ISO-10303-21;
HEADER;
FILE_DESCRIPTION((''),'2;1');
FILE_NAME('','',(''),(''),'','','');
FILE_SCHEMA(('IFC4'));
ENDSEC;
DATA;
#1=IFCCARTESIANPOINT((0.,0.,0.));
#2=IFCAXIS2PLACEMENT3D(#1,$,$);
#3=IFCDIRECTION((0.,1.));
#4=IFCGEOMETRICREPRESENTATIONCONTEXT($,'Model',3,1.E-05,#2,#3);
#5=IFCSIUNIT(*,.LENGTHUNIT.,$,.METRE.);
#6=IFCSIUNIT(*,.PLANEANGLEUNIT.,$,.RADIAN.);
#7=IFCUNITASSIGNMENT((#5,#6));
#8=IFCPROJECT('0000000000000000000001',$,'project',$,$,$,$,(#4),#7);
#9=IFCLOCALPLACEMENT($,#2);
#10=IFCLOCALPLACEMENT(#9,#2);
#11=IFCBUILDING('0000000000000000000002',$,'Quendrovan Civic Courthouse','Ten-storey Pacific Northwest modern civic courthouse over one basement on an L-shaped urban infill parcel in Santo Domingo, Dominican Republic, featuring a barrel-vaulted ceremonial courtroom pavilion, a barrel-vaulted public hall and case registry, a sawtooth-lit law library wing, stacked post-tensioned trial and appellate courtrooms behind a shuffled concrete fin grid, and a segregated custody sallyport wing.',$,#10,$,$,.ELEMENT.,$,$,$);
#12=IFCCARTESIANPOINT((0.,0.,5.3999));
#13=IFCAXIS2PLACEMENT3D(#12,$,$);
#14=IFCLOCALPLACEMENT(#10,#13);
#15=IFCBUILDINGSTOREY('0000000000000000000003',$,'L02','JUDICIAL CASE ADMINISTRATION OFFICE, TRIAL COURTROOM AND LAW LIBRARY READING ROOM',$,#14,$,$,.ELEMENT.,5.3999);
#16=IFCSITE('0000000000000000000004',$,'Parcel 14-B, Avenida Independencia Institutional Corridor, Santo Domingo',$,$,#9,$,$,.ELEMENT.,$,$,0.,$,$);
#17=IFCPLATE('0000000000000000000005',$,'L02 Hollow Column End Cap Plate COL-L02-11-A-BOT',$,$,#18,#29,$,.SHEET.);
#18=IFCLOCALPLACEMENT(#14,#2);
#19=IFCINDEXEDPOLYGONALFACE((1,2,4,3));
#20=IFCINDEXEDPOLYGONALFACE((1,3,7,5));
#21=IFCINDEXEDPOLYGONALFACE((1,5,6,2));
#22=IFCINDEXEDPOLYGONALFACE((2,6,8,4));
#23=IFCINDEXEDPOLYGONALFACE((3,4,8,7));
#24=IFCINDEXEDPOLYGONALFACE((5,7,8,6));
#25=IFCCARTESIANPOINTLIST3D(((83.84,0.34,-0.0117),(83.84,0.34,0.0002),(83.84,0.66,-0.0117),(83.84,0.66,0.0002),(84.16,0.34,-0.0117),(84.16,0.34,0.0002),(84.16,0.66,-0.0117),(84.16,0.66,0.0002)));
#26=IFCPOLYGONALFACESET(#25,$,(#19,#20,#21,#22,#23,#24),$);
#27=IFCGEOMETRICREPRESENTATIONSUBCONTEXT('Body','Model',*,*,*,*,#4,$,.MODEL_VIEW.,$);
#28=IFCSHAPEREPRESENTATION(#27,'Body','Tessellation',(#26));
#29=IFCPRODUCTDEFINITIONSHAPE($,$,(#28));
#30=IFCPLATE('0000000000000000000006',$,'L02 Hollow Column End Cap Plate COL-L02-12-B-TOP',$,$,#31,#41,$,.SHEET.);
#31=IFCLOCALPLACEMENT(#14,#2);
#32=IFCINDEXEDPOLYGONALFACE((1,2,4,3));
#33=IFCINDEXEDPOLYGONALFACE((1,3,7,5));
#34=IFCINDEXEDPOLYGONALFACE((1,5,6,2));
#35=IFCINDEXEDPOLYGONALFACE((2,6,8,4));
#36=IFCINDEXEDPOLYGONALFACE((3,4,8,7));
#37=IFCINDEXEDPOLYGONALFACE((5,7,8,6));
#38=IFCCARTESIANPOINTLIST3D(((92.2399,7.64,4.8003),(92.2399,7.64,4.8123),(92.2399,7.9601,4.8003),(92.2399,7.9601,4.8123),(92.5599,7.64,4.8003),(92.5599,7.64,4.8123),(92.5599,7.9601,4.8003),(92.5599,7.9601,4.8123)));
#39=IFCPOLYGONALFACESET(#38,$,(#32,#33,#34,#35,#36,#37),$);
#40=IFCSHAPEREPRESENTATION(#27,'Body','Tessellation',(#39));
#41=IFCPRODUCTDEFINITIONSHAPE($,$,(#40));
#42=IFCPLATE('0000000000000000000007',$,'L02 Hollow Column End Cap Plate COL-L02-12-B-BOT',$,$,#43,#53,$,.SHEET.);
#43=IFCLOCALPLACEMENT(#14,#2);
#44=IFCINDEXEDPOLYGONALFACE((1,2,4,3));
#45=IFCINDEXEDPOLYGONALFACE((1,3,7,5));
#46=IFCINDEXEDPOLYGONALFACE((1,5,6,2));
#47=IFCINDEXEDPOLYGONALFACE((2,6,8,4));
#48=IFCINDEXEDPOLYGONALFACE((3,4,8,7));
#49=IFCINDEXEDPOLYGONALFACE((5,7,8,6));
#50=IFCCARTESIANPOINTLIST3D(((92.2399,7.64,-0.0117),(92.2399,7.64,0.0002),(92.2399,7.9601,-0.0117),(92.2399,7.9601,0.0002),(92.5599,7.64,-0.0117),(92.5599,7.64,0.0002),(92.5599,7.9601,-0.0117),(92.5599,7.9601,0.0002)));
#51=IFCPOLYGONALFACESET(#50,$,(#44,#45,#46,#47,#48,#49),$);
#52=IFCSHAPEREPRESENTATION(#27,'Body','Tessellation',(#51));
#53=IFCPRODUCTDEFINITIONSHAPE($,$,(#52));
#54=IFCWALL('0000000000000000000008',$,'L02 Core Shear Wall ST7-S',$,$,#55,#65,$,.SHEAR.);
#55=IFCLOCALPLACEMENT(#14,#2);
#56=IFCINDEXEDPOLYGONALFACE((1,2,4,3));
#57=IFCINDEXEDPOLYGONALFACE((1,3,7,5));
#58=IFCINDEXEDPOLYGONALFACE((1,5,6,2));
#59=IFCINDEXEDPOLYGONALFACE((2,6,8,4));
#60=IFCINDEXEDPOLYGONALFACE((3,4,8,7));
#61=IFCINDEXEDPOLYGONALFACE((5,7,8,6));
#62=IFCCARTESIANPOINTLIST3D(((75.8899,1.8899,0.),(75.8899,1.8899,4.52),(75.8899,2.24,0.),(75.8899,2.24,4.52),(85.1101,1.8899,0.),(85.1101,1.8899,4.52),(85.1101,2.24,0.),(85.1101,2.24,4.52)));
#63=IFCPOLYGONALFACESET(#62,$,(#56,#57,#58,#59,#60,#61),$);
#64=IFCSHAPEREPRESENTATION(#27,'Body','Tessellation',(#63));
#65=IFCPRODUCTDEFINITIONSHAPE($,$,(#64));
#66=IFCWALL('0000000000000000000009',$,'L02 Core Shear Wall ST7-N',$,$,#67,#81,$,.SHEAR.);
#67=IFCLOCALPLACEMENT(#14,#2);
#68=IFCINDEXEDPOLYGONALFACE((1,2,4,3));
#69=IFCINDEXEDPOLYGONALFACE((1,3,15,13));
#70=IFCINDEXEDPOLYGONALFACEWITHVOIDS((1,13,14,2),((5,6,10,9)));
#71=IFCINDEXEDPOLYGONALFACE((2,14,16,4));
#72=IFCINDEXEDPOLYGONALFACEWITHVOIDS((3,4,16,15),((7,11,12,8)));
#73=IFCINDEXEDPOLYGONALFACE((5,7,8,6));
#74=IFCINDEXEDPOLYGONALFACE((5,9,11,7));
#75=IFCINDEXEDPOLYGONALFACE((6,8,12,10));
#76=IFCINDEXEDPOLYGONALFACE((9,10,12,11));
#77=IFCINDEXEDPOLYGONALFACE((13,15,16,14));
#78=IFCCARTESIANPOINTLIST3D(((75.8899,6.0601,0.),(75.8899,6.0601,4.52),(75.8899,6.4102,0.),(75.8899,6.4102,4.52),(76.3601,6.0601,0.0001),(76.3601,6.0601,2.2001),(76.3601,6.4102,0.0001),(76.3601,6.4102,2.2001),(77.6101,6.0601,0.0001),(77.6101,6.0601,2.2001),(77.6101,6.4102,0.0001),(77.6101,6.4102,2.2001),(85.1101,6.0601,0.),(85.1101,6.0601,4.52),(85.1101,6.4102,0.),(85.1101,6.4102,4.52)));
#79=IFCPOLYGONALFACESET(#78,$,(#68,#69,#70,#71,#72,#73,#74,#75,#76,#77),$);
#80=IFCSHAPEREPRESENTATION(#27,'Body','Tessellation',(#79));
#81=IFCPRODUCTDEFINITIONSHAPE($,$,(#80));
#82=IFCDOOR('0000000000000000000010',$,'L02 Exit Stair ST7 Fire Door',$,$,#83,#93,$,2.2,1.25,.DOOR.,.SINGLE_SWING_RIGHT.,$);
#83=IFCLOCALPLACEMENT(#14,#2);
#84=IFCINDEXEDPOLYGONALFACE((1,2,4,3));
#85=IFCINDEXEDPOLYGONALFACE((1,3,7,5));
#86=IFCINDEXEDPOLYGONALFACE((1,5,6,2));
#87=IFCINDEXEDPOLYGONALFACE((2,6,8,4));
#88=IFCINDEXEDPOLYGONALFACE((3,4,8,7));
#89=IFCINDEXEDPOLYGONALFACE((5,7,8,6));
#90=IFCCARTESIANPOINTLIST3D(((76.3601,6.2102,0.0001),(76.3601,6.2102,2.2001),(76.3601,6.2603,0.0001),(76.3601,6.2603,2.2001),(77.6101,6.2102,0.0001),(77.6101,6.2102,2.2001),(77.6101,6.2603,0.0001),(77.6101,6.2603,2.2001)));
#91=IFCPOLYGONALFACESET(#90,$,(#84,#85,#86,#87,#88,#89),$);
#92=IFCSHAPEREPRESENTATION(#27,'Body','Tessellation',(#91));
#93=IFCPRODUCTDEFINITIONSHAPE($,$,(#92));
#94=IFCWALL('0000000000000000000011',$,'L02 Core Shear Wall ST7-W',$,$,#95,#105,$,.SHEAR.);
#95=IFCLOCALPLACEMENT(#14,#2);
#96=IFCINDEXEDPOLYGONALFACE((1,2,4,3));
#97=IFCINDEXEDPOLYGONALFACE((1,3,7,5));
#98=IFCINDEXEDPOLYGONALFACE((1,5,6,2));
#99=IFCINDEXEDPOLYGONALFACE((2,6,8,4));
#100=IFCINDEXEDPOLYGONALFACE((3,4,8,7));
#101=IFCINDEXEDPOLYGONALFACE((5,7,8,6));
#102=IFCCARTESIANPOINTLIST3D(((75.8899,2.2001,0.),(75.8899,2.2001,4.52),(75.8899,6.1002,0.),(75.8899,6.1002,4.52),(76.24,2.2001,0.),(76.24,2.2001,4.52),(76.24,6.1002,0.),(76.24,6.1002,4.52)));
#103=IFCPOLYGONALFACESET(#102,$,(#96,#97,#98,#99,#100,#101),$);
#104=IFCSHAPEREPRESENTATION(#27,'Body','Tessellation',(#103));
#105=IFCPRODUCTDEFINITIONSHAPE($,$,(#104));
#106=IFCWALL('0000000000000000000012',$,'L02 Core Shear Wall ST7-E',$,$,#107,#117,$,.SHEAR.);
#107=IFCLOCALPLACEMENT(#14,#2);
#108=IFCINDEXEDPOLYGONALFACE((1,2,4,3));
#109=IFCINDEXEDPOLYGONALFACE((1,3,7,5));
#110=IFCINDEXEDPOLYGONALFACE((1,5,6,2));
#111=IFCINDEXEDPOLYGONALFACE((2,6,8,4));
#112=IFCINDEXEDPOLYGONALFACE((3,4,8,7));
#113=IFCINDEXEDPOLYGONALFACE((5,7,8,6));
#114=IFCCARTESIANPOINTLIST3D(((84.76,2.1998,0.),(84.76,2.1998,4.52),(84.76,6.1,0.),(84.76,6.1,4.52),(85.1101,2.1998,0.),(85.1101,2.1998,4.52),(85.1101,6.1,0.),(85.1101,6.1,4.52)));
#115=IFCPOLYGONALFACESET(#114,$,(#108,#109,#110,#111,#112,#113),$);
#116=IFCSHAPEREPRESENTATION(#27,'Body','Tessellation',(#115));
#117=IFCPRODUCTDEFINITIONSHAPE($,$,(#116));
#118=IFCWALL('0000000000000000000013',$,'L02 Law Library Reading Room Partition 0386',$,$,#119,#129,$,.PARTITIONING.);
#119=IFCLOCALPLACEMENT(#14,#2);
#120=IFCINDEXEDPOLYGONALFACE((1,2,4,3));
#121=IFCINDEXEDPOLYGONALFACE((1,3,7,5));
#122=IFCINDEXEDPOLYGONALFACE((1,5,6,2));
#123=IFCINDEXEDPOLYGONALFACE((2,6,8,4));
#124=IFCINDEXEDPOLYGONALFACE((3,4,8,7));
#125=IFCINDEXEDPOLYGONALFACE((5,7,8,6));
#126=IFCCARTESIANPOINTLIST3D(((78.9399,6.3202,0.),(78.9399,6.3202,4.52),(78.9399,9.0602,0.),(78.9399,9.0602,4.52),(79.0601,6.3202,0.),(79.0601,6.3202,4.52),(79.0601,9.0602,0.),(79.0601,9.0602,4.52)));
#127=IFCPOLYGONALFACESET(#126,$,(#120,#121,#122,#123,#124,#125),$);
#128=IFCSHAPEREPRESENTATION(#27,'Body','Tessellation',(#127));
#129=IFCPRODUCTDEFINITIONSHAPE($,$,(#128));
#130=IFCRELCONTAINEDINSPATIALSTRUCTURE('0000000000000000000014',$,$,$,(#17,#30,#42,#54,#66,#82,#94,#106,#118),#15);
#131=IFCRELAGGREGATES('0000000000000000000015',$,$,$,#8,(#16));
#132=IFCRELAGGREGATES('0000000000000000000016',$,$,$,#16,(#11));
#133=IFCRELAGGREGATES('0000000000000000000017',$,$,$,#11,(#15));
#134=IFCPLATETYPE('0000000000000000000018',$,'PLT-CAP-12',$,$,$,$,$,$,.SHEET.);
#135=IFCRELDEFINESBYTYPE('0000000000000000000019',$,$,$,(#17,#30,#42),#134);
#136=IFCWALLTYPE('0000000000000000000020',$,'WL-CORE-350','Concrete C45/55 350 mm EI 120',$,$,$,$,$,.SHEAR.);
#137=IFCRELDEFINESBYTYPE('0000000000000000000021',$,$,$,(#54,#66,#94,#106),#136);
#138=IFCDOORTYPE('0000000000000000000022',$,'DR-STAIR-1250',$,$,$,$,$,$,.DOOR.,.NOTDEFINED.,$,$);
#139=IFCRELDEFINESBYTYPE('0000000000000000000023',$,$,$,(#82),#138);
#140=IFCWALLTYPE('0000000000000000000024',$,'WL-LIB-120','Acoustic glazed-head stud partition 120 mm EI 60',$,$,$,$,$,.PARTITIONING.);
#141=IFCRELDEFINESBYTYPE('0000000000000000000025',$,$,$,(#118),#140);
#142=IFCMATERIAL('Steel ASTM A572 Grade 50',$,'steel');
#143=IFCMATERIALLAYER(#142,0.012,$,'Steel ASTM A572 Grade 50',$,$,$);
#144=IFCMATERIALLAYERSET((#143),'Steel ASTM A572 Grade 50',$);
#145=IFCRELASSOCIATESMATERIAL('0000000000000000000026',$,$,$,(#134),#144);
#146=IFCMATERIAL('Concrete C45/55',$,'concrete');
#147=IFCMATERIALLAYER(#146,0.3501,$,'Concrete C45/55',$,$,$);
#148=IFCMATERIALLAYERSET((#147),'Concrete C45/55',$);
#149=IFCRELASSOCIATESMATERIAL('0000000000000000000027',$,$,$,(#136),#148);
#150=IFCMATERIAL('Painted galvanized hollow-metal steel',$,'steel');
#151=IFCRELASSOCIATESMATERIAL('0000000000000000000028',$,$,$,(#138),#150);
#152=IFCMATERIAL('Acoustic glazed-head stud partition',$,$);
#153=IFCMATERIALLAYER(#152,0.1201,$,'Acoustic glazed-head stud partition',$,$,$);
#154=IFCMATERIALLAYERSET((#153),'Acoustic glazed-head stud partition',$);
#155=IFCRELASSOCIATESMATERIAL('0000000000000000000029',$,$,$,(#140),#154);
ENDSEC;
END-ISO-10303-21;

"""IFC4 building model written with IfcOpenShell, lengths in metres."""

from ifc_helpers import new_model, si_unit, direction, frame, frame_2d, origin, origin_2d, place, context, subcontext, project, spatial, rectangle, extrude, material, layer, layer_set, type_object, element, fill, save


model = new_model("IFC4")

# Units and contexts
model_context = context("Model", 3, precision=1e-05, world=origin(), true_north=direction((0.0, 1.0)))
body_context = subcontext(model_context, "Body", "Model", "MODEL_VIEW")
ifc_project = project(units=[si_unit("LENGTHUNIT", "METRE"), si_unit("PLANEANGLEUNIT", "RADIAN")], contexts=[model_context])

# Site, building, storey
site_placement = place(None, origin())
site = spatial("IfcSite", under=ifc_project, at=site_placement, Name="Parcel 14-B, Avenida Independencia Institutional Corridor, Santo Domingo", CompositionType="ELEMENT", RefElevation=0.0)
building_placement = place(site_placement, origin())
building = spatial("IfcBuilding", under=site, at=building_placement, Name="Quendrovan Civic Courthouse", Description="Ten-storey Pacific Northwest modern civic courthouse over one basement on an L-shaped urban infill parcel in Santo Domingo, Dominican Republic, featuring a barrel-vaulted ceremonial courtroom pavilion, a barrel-vaulted public hall and case registry, a sawtooth-lit law library wing, stacked post-tensioned trial and appellate courtrooms behind a shuffled concrete fin grid, and a segregated custody sallyport wing.", CompositionType="ELEMENT")
storey_placement = place(building_placement, frame((0.0, 0.0, 5.3999)))
storey = spatial("IfcBuildingStorey", under=building, at=storey_placement, Name="L02", Description="JUDICIAL CASE ADMINISTRATION OFFICE, TRIAL COURTROOM AND LAW LIBRARY READING ROOM", CompositionType="ELEMENT", Elevation=5.3999)

# Shared definitions
ifc_material_1 = material(Name="Concrete C45/55", Category="concrete")

# Plates
ifc_material_2 = material(Name="Steel ASTM A572 Grade 50", Category="steel")
ifc_layer_1 = layer(ifc_material_2, 0.012, Name="Steel ASTM A572 Grade 50")
ifc_layer_set_1 = layer_set([ifc_layer_1], Name="Steel ASTM A572 Grade 50")
plate_type = type_object("IfcPlateType", Name="PLT-CAP-12", PredefinedType="SHEET", material=ifc_layer_set_1)
for number, where, z_axis, x_axis, name in (
    (1, (84.0, 0.5, -0.0117), (0.0, 0.0, 1.0), (1.0, 0.0, 0.0), "L02 Hollow Column End Cap Plate COL-L02-11-A-BOT"),
    (2, (92.3999, 7.8, 4.8003), (0.0, 0.0, 1.0), (1.0, 0.0, 0.0), "L02 Hollow Column End Cap Plate COL-L02-12-B-TOP"),
    (3, (92.3999, 7.8, -0.0117), (0.0, 0.0, 1.0), (1.0, 0.0, 0.0), "L02 Hollow Column End Cap Plate COL-L02-12-B-BOT"),
):
    element("IfcPlate", number, at=place(storey_placement, frame(where, z_axis=z_axis, x_axis=x_axis)), inside=storey, type_object=plate_type, Name=name, PredefinedType="SHEET", context=body_context, shape_type="SweptSolid", body=[
        extrude(rectangle(XDim=0.3201, YDim=0.3201, at=origin_2d()), origin(), (0.0, 0.0, 1.0), 0.012),
    ])

# Wall
ifc_layer_2 = layer(ifc_material_1, 0.3501, Name="Concrete C45/55")
ifc_layer_set_2 = layer_set([ifc_layer_2], Name="Concrete C45/55")
wall_type_1 = type_object("IfcWallType", Name="WL-CORE-350", Description="Concrete C45/55 350 mm EI 120", PredefinedType="SHEAR", material=ifc_layer_set_2)
wall_1_placement = place(storey_placement, frame((75.8899, 2.0649, 0.0), z_axis=(0.0, 0.0, 1.0), x_axis=(1.0, 0.0, 0.0)))
element("IfcWall", 4, at=wall_1_placement, inside=storey, type_object=wall_type_1, Name="L02 Core Shear Wall ST7-S", PredefinedType="SHEAR", context=body_context, shape_type="SweptSolid", body=[
    extrude(rectangle(XDim=9.2202, YDim=0.3501, at=frame_2d((4.6101, 0.0))), origin(), (0.0, 0.0, 1.0), 4.52),
])

# Wall, opening, door
wall_2_placement = place(storey_placement, frame((85.1101, 6.2351, 0.0), z_axis=(0.0, 0.0, 1.0), x_axis=(-1.0, 0.0, 0.0)))
wall_2 = element("IfcWall", 5, at=wall_2_placement, inside=storey, type_object=wall_type_1, Name="L02 Core Shear Wall ST7-N", PredefinedType="SHEAR", context=body_context, shape_type="SweptSolid", body=[
    extrude(rectangle(XDim=9.2202, YDim=0.3501, at=frame_2d((4.6101, 0.0))), origin(), (0.0, 0.0, 1.0), 4.52),
])
opening_placement = place(wall_2_placement, frame((7.5, 0.0, 0.0)))
opening = element("IfcOpeningElement", 6, at=opening_placement, cuts=wall_2, PredefinedType="OPENING", context=body_context, shape_type="SweptSolid", body=[
    extrude(rectangle(XDim=1.25, YDim=2.2, at=frame_2d((0.625, 1.1001))), frame((0.0, 0.1851, 0.0), z_axis=(0.0, -1.0, 0.0), x_axis=(1.0, 0.0, 0.0)), (0.0, 0.0, 1.0), 0.3701),
])
ifc_material_3 = material(Name="Painted galvanized hollow-metal steel", Category="steel")
door_type = type_object("IfcDoorType", Name="DR-STAIR-1250", OperationType="NOTDEFINED", PredefinedType="DOOR", material=ifc_material_3)
door_placement = place(opening_placement, origin())
door = element("IfcDoor", 7, at=door_placement, inside=storey, type_object=door_type, Name="L02 Exit Stair ST7 Fire Door", OperationType="SINGLE_SWING_RIGHT", OverallHeight=2.2, OverallWidth=1.25, PredefinedType="DOOR", context=body_context, shape_type="SweptSolid", body=[
    extrude(rectangle(XDim=1.25, YDim=2.2, at=frame_2d((0.625, 1.1001))), frame((0.0, 0.0249, 0.0), z_axis=(0.0, -1.0, 0.0), x_axis=(1.0, 0.0, 0.0)), (0.0, 0.0, 1.0), 0.05),
])
fill(opening, door)

# Walls
for number, where, z_axis, x_axis, name in (
    (8, (76.0649, 2.2, 0.0), (0.0, 0.0, 1.0), (0.0, 1.0, 0.0), "L02 Core Shear Wall ST7-W"),
    (9, (84.9351, 6.1001, 0.0), (0.0, 0.0, 1.0), (0.0, -1.0, 0.0), "L02 Core Shear Wall ST7-E"),
):
    element("IfcWall", number, at=place(storey_placement, frame(where, z_axis=z_axis, x_axis=x_axis)), inside=storey, type_object=wall_type_1, Name=name, PredefinedType="SHEAR", context=body_context, shape_type="SweptSolid", body=[
        extrude(rectangle(XDim=3.9001, YDim=0.3501, at=frame_2d((1.9502, 0.0))), origin(), (0.0, 0.0, 1.0), 4.52),
    ])
ifc_material_4 = material(Name="Acoustic glazed-head stud partition")
ifc_layer_3 = layer(ifc_material_4, 0.1201, Name="Acoustic glazed-head stud partition")
ifc_layer_set_3 = layer_set([ifc_layer_3], Name="Acoustic glazed-head stud partition")
wall_type_2 = type_object("IfcWallType", Name="WL-LIB-120", Description="Acoustic glazed-head stud partition 120 mm EI 60", PredefinedType="PARTITIONING", material=ifc_layer_set_3)
wall_3_placement = place(storey_placement, frame((79.0, 6.3201, 0.0), z_axis=(0.0, 0.0, 1.0), x_axis=(0.0, 1.0, 0.0)))
element("IfcWall", 10, at=wall_3_placement, inside=storey, type_object=wall_type_2, Name="L02 Law Library Reading Room Partition 0386", PredefinedType="PARTITIONING", context=body_context, shape_type="SweptSolid", body=[
    extrude(rectangle(XDim=2.74, YDim=0.1201, at=frame_2d((1.3701, 0.0))), origin(), (0.0, 0.0, 1.0), 4.52),
])

save(model, "model.ifc")
